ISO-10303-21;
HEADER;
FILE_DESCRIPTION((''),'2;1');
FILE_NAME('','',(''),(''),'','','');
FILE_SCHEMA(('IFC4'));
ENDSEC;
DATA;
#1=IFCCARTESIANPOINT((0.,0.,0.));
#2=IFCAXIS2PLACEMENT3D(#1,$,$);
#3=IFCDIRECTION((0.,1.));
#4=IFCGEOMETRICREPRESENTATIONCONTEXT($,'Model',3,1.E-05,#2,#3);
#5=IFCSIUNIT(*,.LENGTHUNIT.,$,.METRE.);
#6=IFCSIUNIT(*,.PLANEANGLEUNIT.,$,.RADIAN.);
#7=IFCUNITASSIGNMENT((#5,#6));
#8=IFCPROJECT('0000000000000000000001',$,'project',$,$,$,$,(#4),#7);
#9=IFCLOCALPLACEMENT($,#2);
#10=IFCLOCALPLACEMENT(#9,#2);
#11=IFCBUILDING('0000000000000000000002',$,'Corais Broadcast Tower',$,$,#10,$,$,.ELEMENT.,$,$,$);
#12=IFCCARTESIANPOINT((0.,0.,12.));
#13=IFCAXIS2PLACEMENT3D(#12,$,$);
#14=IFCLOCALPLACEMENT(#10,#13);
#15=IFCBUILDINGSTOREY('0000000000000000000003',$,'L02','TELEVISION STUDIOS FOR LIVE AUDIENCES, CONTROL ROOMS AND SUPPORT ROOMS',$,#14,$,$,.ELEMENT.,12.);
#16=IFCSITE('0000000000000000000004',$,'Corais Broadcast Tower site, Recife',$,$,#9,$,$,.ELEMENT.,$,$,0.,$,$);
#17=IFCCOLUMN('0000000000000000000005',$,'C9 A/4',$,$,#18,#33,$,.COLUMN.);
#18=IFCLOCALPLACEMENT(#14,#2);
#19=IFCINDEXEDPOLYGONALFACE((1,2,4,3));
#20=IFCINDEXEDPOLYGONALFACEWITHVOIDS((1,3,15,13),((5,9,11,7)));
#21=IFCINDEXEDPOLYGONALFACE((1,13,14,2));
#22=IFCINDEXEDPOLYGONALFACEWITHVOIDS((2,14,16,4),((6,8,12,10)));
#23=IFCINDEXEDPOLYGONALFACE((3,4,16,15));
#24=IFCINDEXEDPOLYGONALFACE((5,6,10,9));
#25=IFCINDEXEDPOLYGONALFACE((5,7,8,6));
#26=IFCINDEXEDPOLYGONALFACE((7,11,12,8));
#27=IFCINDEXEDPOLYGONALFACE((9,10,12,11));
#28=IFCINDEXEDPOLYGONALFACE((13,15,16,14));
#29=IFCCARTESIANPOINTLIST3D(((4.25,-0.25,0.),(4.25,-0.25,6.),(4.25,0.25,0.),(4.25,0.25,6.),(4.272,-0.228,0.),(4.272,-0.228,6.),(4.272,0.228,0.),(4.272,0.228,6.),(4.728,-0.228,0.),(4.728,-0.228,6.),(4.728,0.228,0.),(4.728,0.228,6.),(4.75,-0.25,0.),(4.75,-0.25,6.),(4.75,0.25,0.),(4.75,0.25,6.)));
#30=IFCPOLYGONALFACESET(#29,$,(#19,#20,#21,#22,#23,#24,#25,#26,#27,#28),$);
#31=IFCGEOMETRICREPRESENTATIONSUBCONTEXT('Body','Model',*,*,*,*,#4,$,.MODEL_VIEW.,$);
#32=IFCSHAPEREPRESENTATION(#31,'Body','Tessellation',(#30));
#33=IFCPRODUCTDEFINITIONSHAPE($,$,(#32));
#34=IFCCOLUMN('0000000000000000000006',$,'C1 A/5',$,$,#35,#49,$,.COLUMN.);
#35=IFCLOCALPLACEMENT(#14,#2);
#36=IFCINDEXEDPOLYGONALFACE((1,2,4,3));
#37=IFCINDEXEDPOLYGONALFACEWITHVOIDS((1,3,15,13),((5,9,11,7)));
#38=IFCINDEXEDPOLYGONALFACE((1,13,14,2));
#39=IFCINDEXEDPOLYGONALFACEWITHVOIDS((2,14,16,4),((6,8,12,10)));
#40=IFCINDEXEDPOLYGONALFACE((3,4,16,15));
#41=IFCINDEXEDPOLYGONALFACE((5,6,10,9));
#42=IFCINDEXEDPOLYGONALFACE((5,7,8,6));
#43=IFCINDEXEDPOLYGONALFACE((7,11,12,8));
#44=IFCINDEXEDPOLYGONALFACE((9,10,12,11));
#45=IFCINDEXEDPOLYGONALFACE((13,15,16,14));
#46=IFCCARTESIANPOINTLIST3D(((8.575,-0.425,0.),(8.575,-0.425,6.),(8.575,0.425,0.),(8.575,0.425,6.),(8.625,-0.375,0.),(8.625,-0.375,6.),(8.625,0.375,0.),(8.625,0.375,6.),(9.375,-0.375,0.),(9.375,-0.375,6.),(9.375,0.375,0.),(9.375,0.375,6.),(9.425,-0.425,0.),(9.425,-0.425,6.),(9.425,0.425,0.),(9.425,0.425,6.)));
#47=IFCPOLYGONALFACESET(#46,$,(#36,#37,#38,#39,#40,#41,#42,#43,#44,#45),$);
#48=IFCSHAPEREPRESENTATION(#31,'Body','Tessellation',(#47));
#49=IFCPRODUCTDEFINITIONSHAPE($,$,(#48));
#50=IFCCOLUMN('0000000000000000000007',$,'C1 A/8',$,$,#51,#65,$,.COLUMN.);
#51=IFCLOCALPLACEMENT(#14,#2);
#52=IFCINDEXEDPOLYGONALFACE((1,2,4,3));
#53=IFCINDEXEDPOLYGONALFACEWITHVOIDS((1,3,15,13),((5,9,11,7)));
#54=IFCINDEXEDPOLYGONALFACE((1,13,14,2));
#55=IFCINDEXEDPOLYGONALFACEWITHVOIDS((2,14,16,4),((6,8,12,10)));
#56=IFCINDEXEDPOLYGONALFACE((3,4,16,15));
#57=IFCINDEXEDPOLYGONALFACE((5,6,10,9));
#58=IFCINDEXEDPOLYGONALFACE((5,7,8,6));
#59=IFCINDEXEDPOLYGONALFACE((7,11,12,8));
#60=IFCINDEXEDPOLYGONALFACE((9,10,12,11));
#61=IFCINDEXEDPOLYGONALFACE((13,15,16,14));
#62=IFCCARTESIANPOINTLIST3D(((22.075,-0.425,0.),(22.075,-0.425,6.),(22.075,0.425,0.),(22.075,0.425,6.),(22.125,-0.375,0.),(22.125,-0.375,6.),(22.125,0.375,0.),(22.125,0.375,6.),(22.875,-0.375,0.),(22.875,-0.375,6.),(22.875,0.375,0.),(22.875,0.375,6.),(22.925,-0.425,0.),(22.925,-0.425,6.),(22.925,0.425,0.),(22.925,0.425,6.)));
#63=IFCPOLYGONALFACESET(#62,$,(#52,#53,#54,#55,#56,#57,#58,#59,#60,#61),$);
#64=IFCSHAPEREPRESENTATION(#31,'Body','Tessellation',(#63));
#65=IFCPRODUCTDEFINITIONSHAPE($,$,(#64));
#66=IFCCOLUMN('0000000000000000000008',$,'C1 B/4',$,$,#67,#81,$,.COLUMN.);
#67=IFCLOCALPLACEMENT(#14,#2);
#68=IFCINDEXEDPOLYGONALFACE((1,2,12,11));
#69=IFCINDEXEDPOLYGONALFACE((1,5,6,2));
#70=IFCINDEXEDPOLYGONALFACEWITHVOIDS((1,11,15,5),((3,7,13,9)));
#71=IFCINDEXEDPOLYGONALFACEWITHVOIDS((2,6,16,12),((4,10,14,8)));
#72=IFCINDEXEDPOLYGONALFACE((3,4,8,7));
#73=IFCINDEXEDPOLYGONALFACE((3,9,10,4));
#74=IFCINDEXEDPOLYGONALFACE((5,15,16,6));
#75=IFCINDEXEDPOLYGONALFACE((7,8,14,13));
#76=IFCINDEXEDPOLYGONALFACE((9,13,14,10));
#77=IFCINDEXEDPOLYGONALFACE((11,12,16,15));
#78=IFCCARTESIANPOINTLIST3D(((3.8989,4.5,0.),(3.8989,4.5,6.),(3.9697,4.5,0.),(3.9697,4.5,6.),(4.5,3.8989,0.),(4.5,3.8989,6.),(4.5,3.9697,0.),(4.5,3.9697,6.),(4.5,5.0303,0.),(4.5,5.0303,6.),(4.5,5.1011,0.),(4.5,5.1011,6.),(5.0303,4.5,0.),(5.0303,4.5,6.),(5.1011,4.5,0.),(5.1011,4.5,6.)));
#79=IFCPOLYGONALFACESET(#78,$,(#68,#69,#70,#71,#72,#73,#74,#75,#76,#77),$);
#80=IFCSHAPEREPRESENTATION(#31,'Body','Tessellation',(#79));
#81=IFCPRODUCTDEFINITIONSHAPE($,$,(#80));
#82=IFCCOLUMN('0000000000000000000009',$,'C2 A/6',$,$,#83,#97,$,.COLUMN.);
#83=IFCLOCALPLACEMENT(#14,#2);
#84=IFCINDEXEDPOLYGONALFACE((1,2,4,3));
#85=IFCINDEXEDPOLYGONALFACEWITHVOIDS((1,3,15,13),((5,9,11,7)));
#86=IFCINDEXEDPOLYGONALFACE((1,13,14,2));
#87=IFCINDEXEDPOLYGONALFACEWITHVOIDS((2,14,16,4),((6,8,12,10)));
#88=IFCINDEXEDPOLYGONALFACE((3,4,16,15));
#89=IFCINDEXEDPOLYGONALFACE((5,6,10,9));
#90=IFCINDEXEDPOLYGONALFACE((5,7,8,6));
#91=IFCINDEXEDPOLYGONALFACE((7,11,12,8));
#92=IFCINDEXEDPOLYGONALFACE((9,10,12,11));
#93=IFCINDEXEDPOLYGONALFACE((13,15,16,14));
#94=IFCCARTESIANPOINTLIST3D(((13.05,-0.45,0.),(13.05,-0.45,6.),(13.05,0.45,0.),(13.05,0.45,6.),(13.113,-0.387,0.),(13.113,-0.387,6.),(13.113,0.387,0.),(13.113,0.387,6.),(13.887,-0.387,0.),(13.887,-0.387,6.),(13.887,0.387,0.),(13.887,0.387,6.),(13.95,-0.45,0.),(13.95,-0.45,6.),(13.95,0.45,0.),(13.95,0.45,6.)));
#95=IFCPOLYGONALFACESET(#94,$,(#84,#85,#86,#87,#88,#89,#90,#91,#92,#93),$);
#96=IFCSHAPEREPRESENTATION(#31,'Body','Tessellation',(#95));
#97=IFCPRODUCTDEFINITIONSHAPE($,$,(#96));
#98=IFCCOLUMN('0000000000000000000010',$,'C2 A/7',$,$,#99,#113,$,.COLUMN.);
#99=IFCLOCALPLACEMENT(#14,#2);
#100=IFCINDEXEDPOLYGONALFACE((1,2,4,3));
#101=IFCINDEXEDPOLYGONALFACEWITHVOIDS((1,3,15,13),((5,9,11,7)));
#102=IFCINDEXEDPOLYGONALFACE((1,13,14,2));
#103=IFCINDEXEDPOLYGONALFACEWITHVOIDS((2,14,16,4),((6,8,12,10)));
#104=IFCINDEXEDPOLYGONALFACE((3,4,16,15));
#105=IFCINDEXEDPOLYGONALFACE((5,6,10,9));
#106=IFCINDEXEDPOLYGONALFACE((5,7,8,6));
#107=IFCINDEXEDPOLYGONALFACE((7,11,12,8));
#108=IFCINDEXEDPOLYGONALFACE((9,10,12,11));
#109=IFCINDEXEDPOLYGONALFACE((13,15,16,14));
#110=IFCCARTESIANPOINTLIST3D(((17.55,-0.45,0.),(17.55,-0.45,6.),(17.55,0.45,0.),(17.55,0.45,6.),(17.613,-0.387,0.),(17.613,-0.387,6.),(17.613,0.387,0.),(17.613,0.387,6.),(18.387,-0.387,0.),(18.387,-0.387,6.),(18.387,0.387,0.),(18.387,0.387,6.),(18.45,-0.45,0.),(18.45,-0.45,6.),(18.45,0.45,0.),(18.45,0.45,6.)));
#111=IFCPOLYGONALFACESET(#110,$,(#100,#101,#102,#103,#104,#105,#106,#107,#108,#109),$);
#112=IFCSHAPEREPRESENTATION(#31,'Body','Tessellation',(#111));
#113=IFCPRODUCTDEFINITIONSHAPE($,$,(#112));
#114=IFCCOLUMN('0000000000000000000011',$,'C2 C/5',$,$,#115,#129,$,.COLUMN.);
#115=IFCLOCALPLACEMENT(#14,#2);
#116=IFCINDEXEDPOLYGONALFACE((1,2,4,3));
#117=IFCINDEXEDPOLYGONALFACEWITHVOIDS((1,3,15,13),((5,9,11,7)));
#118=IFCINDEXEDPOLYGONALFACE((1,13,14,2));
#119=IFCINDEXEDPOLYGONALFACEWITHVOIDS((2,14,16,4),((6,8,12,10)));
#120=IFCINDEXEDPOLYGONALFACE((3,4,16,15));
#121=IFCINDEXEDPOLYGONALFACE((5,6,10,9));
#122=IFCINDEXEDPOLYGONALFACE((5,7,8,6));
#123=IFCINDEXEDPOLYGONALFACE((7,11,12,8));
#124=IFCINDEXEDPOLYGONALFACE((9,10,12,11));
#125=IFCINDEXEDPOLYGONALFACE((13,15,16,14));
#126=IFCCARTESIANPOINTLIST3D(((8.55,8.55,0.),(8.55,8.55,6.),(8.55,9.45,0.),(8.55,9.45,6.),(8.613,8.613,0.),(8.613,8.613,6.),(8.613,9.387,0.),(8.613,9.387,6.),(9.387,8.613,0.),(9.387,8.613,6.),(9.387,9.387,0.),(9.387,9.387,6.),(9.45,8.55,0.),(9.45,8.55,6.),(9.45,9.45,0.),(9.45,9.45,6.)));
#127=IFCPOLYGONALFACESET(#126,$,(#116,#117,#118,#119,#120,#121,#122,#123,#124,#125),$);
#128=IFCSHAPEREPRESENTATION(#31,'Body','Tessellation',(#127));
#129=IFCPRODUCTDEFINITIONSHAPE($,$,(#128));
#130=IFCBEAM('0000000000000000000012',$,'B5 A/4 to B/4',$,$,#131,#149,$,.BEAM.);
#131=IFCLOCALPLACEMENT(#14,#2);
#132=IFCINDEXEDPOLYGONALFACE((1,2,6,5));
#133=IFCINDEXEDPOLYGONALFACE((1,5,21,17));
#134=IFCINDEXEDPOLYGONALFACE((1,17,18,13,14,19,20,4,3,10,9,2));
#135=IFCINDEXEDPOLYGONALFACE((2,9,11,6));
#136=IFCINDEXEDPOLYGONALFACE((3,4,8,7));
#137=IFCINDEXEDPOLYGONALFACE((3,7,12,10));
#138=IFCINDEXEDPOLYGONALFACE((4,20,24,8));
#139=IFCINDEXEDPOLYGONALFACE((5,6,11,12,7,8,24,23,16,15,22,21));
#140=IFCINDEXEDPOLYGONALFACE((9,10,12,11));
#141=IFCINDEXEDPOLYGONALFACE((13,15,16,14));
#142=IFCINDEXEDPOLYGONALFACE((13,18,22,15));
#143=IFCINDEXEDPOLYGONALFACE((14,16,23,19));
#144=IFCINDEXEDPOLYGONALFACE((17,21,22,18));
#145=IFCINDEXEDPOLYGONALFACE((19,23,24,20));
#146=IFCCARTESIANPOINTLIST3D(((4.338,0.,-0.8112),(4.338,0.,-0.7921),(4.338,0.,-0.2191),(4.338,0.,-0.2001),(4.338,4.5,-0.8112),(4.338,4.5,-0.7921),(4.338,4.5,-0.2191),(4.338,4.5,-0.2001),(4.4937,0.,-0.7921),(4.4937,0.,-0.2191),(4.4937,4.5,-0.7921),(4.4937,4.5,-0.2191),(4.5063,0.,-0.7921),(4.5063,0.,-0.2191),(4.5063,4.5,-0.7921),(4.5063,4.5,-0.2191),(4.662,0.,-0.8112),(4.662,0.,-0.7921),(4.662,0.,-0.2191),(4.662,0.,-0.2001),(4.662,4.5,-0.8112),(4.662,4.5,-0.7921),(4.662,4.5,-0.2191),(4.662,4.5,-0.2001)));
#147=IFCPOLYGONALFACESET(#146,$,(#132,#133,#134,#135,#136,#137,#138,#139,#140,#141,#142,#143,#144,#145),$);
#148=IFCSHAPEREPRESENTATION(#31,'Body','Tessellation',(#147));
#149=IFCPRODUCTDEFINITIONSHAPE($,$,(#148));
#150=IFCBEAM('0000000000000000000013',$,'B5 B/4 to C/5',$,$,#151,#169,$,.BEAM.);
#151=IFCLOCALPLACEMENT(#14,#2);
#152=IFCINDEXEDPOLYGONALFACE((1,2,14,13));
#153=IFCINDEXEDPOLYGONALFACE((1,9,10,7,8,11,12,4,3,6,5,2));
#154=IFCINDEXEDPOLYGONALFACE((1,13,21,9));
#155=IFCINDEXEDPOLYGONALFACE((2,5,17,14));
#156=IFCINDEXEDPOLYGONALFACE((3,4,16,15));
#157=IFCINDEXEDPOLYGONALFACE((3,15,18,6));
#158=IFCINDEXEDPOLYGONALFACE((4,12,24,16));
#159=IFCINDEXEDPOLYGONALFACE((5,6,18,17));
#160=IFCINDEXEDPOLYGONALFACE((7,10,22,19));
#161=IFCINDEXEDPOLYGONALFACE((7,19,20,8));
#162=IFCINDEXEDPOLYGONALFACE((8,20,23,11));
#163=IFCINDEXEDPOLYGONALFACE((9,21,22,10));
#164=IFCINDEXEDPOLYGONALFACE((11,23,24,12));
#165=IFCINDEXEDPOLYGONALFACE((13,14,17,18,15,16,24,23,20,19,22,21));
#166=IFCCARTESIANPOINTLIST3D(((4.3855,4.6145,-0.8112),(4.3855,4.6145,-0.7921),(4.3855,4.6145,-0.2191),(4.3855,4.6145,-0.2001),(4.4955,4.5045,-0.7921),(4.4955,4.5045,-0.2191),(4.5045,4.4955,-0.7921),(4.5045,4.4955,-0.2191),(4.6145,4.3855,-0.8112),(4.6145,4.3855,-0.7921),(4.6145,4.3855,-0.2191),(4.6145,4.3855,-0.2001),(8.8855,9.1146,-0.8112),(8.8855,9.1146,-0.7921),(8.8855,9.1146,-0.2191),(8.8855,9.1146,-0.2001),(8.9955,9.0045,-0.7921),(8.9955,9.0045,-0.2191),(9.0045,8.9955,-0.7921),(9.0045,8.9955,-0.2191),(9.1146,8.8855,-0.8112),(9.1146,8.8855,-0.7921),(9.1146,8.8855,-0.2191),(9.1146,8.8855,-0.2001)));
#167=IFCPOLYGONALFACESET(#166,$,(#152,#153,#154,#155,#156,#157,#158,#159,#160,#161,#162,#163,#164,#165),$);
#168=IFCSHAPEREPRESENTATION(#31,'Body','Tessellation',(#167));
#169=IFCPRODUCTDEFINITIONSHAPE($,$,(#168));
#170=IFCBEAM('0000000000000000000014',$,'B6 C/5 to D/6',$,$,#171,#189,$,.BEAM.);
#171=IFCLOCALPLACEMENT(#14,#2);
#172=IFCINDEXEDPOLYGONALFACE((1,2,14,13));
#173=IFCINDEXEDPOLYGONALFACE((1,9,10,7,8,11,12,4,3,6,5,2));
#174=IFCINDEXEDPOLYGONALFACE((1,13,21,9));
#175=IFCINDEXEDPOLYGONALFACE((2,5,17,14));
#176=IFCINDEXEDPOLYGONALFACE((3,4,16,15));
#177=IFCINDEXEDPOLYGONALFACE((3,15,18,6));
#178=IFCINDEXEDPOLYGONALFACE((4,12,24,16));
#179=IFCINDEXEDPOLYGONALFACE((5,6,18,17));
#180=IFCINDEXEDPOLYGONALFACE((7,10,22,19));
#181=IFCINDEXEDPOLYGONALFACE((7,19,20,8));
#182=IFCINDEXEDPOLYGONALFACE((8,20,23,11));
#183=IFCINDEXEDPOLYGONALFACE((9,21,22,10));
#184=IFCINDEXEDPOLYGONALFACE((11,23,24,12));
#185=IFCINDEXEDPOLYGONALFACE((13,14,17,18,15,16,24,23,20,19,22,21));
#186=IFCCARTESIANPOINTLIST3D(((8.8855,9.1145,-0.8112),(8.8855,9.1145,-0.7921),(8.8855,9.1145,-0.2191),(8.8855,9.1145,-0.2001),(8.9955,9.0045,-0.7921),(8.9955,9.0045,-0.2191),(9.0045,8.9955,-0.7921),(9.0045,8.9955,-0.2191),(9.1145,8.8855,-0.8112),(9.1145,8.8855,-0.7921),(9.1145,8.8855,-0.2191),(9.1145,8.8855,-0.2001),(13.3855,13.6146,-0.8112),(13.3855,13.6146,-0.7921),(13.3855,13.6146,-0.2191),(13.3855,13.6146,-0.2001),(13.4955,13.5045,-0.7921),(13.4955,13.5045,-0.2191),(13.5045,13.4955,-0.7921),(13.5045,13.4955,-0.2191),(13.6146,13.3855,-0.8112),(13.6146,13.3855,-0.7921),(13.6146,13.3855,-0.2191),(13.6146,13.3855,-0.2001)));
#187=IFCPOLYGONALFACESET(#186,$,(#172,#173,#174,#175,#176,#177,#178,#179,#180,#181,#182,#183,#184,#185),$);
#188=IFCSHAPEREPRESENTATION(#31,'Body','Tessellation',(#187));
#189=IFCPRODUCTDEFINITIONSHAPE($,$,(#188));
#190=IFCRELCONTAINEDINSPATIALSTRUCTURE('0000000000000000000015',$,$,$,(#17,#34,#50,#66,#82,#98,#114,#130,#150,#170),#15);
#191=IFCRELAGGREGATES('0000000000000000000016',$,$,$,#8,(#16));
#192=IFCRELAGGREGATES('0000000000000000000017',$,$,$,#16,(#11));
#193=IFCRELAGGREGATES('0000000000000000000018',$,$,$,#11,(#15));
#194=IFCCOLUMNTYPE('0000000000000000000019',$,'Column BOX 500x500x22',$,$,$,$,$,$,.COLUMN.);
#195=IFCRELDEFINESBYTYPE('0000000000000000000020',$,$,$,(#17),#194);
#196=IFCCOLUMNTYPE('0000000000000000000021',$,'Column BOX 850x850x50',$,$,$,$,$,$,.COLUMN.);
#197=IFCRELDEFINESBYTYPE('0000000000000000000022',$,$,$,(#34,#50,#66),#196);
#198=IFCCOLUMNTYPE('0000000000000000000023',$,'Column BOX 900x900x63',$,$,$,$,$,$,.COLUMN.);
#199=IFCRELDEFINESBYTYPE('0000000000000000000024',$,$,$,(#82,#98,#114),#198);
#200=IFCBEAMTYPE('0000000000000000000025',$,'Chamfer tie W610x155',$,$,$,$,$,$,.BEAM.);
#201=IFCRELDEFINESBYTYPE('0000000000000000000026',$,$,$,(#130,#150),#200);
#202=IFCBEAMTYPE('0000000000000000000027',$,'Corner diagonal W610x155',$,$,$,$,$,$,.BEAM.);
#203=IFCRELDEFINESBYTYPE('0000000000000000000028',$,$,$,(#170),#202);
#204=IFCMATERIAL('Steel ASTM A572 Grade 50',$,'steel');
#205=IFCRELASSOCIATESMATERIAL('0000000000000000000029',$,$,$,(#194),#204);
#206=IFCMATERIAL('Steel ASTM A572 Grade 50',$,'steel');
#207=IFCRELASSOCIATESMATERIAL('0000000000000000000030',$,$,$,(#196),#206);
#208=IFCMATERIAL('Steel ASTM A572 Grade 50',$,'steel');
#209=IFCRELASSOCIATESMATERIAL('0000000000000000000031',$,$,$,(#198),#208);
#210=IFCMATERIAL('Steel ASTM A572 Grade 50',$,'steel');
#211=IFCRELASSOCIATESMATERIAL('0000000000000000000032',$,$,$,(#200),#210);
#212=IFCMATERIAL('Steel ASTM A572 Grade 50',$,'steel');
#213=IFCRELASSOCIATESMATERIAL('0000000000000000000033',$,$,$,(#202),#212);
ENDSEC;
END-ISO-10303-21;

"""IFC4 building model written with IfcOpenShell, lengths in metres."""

from ifc_helpers import new_model, si_unit, direction, frame, origin, origin_2d, place, context, subcontext, project, spatial, hollow_rectangle, i_section, extrude, material, material_profile, profile_set, type_object, element, save


model = new_model("IFC4")

# Units and contexts
model_context = context("Model", 3, precision=1e-05, world=origin(), true_north=direction((0.0, 1.0)))
body_context = subcontext(model_context, "Body", "Model", "MODEL_VIEW")
ifc_project = project(units=[si_unit("LENGTHUNIT", "METRE"), si_unit("PLANEANGLEUNIT", "RADIAN")], contexts=[model_context])

# Site, building, storey
site_placement = place(None, origin())
site = spatial("IfcSite", under=ifc_project, at=site_placement, Name="Corais Broadcast Tower site, Recife", CompositionType="ELEMENT", RefElevation=0.0)
building_placement = place(site_placement, origin())
building = spatial("IfcBuilding", under=site, at=building_placement, Name="Corais Broadcast Tower", CompositionType="ELEMENT")
storey_placement = place(building_placement, frame((0.0, 0.0, 12.0)))
storey = spatial("IfcBuildingStorey", under=building, at=storey_placement, Name="L02", Description="TELEVISION STUDIOS FOR LIVE AUDIENCES, CONTROL ROOMS AND SUPPORT ROOMS", CompositionType="ELEMENT", Elevation=12.0)

# Columns
ifc_material_1 = material(Name="Steel ASTM A572 Grade 50", Category="steel")
ifc_material_profile_1 = material_profile(ifc_material_1, hollow_rectangle(XDim=0.5, YDim=0.5, WallThickness=0.022, at=origin_2d()), Name="BOX 500x500x22")
ifc_profile_set_1 = profile_set([ifc_material_profile_1], Name="Steel ASTM A572 Grade 50")
column_type_1 = type_object("IfcColumnType", Name="Column BOX 500x500x22", PredefinedType="COLUMN", material=ifc_profile_set_1)
column_placement = place(storey_placement, frame((4.5, 0.0, 0.0), z_axis=(0.0, 0.0, 1.0), x_axis=(1.0, 0.0, 0.0)))
element("IfcColumn", 1, at=column_placement, inside=storey, type_object=column_type_1, Name="C9 A/4", PredefinedType="COLUMN", context=body_context, shape_type="SweptSolid", body=[
    extrude(hollow_rectangle(XDim=0.5, YDim=0.5, WallThickness=0.022, at=origin_2d()), origin(), (0.0, 0.0, 1.0), 6.0),
])
ifc_material_2 = material(Name="Steel ASTM A572 Grade 50", Category="steel")
ifc_material_profile_2 = material_profile(ifc_material_2, hollow_rectangle(XDim=0.8501, YDim=0.8501, WallThickness=0.05, at=origin_2d()), Name="BOX 850x850x50")
ifc_profile_set_2 = profile_set([ifc_material_profile_2], Name="Steel ASTM A572 Grade 50")
column_type_2 = type_object("IfcColumnType", Name="Column BOX 850x850x50", PredefinedType="COLUMN", material=ifc_profile_set_2)
for number, where, z_axis, x_axis, name in (
    (2, (9.0, 0.0, 0.0), (0.0, 0.0, 1.0), (1.0, 0.0, 0.0), "C1 A/5"),
    (3, (22.5, 0.0, 0.0), (0.0, 0.0, 1.0), (1.0, 0.0, 0.0), "C1 A/8"),
    (4, (4.5, 4.5, 0.0), (0.0, 0.0, 1.0), (0.707107, 0.707107, 0.0), "C1 B/4"),
):
    element("IfcColumn", number, at=place(storey_placement, frame(where, z_axis=z_axis, x_axis=x_axis)), inside=storey, type_object=column_type_2, Name=name, PredefinedType="COLUMN", context=body_context, shape_type="SweptSolid", body=[
        extrude(hollow_rectangle(XDim=0.8501, YDim=0.8501, WallThickness=0.05, at=origin_2d()), origin(), (0.0, 0.0, 1.0), 6.0),
    ])
ifc_material_3 = material(Name="Steel ASTM A572 Grade 50", Category="steel")
ifc_material_profile_3 = material_profile(ifc_material_3, hollow_rectangle(XDim=0.8999, YDim=0.8999, WallThickness=0.063, at=origin_2d()), Name="BOX 900x900x63")
ifc_profile_set_3 = profile_set([ifc_material_profile_3], Name="Steel ASTM A572 Grade 50")
column_type_3 = type_object("IfcColumnType", Name="Column BOX 900x900x63", PredefinedType="COLUMN", material=ifc_profile_set_3)
for number, where, z_axis, x_axis, name in (
    (5, (13.5, 0.0, 0.0), (0.0, 0.0, 1.0), (1.0, 0.0, 0.0), "C2 A/6"),
    (6, (18.0, 0.0, 0.0), (0.0, 0.0, 1.0), (1.0, 0.0, 0.0), "C2 A/7"),
    (7, (9.0, 9.0, 0.0), (0.0, 0.0, 1.0), (1.0, 0.0, 0.0), "C2 C/5"),
):
    element("IfcColumn", number, at=place(storey_placement, frame(where, z_axis=z_axis, x_axis=x_axis)), inside=storey, type_object=column_type_3, Name=name, PredefinedType="COLUMN", context=body_context, shape_type="SweptSolid", body=[
        extrude(hollow_rectangle(XDim=0.8999, YDim=0.8999, WallThickness=0.063, at=origin_2d()), origin(), (0.0, 0.0, 1.0), 6.0),
    ])

# Beams
ifc_material_4 = material(Name="Steel ASTM A572 Grade 50", Category="steel")
ifc_material_profile_4 = material_profile(ifc_material_4, i_section(OverallWidth=0.324, OverallDepth=0.6111, WebThickness=0.0127, FlangeThickness=0.019, at=origin_2d()), Name="W610x155")
ifc_profile_set_4 = profile_set([ifc_material_profile_4], Name="Steel ASTM A572 Grade 50")
beam_type_1 = type_object("IfcBeamType", Name="Chamfer tie W610x155", PredefinedType="BEAM", material=ifc_profile_set_4)
beam_1_placement = place(storey_placement, frame((4.5, 0.0, -0.5056), z_axis=(0.0, 1.0, 0.0), x_axis=(-1.0, 0.0, 0.0)))
element("IfcBeam", 8, at=beam_1_placement, inside=storey, type_object=beam_type_1, Name="B5 A/4 to B/4", PredefinedType="BEAM", context=body_context, shape_type="SweptSolid", body=[
    extrude(i_section(OverallWidth=0.324, OverallDepth=0.6111, WebThickness=0.0127, FlangeThickness=0.019, at=origin_2d()), origin(), (0.0, 0.0, 1.0), 4.5),
])
beam_2_placement = place(storey_placement, frame((4.5, 4.5, -0.5056), z_axis=(0.707107, 0.707107, 0.0), x_axis=(-0.707107, 0.707107, 0.0)))
element("IfcBeam", 9, at=beam_2_placement, inside=storey, type_object=beam_type_1, Name="B5 B/4 to C/5", PredefinedType="BEAM", context=body_context, shape_type="SweptSolid", body=[
    extrude(i_section(OverallWidth=0.324, OverallDepth=0.6111, WebThickness=0.0127, FlangeThickness=0.019, at=origin_2d()), origin(), (0.0, 0.0, 1.0), 6.364),
])
ifc_material_5 = material(Name="Steel ASTM A572 Grade 50", Category="steel")
ifc_material_profile_5 = material_profile(ifc_material_5, i_section(OverallWidth=0.324, OverallDepth=0.6111, WebThickness=0.0127, FlangeThickness=0.019, at=origin_2d()), Name="W610x155")
ifc_profile_set_5 = profile_set([ifc_material_profile_5], Name="Steel ASTM A572 Grade 50")
beam_type_2 = type_object("IfcBeamType", Name="Corner diagonal W610x155", PredefinedType="BEAM", material=ifc_profile_set_5)
beam_3_placement = place(storey_placement, frame((9.0, 9.0, -0.5056), z_axis=(0.707107, 0.707107, 0.0), x_axis=(-0.707107, 0.707107, 0.0)))
element("IfcBeam", 10, at=beam_3_placement, inside=storey, type_object=beam_type_2, Name="B6 C/5 to D/6", PredefinedType="BEAM", context=body_context, shape_type="SweptSolid", body=[
    extrude(i_section(OverallWidth=0.324, OverallDepth=0.6111, WebThickness=0.0127, FlangeThickness=0.019, at=origin_2d()), origin(), (0.0, 0.0, 1.0), 6.364),
])

save(model, "model.ifc")
